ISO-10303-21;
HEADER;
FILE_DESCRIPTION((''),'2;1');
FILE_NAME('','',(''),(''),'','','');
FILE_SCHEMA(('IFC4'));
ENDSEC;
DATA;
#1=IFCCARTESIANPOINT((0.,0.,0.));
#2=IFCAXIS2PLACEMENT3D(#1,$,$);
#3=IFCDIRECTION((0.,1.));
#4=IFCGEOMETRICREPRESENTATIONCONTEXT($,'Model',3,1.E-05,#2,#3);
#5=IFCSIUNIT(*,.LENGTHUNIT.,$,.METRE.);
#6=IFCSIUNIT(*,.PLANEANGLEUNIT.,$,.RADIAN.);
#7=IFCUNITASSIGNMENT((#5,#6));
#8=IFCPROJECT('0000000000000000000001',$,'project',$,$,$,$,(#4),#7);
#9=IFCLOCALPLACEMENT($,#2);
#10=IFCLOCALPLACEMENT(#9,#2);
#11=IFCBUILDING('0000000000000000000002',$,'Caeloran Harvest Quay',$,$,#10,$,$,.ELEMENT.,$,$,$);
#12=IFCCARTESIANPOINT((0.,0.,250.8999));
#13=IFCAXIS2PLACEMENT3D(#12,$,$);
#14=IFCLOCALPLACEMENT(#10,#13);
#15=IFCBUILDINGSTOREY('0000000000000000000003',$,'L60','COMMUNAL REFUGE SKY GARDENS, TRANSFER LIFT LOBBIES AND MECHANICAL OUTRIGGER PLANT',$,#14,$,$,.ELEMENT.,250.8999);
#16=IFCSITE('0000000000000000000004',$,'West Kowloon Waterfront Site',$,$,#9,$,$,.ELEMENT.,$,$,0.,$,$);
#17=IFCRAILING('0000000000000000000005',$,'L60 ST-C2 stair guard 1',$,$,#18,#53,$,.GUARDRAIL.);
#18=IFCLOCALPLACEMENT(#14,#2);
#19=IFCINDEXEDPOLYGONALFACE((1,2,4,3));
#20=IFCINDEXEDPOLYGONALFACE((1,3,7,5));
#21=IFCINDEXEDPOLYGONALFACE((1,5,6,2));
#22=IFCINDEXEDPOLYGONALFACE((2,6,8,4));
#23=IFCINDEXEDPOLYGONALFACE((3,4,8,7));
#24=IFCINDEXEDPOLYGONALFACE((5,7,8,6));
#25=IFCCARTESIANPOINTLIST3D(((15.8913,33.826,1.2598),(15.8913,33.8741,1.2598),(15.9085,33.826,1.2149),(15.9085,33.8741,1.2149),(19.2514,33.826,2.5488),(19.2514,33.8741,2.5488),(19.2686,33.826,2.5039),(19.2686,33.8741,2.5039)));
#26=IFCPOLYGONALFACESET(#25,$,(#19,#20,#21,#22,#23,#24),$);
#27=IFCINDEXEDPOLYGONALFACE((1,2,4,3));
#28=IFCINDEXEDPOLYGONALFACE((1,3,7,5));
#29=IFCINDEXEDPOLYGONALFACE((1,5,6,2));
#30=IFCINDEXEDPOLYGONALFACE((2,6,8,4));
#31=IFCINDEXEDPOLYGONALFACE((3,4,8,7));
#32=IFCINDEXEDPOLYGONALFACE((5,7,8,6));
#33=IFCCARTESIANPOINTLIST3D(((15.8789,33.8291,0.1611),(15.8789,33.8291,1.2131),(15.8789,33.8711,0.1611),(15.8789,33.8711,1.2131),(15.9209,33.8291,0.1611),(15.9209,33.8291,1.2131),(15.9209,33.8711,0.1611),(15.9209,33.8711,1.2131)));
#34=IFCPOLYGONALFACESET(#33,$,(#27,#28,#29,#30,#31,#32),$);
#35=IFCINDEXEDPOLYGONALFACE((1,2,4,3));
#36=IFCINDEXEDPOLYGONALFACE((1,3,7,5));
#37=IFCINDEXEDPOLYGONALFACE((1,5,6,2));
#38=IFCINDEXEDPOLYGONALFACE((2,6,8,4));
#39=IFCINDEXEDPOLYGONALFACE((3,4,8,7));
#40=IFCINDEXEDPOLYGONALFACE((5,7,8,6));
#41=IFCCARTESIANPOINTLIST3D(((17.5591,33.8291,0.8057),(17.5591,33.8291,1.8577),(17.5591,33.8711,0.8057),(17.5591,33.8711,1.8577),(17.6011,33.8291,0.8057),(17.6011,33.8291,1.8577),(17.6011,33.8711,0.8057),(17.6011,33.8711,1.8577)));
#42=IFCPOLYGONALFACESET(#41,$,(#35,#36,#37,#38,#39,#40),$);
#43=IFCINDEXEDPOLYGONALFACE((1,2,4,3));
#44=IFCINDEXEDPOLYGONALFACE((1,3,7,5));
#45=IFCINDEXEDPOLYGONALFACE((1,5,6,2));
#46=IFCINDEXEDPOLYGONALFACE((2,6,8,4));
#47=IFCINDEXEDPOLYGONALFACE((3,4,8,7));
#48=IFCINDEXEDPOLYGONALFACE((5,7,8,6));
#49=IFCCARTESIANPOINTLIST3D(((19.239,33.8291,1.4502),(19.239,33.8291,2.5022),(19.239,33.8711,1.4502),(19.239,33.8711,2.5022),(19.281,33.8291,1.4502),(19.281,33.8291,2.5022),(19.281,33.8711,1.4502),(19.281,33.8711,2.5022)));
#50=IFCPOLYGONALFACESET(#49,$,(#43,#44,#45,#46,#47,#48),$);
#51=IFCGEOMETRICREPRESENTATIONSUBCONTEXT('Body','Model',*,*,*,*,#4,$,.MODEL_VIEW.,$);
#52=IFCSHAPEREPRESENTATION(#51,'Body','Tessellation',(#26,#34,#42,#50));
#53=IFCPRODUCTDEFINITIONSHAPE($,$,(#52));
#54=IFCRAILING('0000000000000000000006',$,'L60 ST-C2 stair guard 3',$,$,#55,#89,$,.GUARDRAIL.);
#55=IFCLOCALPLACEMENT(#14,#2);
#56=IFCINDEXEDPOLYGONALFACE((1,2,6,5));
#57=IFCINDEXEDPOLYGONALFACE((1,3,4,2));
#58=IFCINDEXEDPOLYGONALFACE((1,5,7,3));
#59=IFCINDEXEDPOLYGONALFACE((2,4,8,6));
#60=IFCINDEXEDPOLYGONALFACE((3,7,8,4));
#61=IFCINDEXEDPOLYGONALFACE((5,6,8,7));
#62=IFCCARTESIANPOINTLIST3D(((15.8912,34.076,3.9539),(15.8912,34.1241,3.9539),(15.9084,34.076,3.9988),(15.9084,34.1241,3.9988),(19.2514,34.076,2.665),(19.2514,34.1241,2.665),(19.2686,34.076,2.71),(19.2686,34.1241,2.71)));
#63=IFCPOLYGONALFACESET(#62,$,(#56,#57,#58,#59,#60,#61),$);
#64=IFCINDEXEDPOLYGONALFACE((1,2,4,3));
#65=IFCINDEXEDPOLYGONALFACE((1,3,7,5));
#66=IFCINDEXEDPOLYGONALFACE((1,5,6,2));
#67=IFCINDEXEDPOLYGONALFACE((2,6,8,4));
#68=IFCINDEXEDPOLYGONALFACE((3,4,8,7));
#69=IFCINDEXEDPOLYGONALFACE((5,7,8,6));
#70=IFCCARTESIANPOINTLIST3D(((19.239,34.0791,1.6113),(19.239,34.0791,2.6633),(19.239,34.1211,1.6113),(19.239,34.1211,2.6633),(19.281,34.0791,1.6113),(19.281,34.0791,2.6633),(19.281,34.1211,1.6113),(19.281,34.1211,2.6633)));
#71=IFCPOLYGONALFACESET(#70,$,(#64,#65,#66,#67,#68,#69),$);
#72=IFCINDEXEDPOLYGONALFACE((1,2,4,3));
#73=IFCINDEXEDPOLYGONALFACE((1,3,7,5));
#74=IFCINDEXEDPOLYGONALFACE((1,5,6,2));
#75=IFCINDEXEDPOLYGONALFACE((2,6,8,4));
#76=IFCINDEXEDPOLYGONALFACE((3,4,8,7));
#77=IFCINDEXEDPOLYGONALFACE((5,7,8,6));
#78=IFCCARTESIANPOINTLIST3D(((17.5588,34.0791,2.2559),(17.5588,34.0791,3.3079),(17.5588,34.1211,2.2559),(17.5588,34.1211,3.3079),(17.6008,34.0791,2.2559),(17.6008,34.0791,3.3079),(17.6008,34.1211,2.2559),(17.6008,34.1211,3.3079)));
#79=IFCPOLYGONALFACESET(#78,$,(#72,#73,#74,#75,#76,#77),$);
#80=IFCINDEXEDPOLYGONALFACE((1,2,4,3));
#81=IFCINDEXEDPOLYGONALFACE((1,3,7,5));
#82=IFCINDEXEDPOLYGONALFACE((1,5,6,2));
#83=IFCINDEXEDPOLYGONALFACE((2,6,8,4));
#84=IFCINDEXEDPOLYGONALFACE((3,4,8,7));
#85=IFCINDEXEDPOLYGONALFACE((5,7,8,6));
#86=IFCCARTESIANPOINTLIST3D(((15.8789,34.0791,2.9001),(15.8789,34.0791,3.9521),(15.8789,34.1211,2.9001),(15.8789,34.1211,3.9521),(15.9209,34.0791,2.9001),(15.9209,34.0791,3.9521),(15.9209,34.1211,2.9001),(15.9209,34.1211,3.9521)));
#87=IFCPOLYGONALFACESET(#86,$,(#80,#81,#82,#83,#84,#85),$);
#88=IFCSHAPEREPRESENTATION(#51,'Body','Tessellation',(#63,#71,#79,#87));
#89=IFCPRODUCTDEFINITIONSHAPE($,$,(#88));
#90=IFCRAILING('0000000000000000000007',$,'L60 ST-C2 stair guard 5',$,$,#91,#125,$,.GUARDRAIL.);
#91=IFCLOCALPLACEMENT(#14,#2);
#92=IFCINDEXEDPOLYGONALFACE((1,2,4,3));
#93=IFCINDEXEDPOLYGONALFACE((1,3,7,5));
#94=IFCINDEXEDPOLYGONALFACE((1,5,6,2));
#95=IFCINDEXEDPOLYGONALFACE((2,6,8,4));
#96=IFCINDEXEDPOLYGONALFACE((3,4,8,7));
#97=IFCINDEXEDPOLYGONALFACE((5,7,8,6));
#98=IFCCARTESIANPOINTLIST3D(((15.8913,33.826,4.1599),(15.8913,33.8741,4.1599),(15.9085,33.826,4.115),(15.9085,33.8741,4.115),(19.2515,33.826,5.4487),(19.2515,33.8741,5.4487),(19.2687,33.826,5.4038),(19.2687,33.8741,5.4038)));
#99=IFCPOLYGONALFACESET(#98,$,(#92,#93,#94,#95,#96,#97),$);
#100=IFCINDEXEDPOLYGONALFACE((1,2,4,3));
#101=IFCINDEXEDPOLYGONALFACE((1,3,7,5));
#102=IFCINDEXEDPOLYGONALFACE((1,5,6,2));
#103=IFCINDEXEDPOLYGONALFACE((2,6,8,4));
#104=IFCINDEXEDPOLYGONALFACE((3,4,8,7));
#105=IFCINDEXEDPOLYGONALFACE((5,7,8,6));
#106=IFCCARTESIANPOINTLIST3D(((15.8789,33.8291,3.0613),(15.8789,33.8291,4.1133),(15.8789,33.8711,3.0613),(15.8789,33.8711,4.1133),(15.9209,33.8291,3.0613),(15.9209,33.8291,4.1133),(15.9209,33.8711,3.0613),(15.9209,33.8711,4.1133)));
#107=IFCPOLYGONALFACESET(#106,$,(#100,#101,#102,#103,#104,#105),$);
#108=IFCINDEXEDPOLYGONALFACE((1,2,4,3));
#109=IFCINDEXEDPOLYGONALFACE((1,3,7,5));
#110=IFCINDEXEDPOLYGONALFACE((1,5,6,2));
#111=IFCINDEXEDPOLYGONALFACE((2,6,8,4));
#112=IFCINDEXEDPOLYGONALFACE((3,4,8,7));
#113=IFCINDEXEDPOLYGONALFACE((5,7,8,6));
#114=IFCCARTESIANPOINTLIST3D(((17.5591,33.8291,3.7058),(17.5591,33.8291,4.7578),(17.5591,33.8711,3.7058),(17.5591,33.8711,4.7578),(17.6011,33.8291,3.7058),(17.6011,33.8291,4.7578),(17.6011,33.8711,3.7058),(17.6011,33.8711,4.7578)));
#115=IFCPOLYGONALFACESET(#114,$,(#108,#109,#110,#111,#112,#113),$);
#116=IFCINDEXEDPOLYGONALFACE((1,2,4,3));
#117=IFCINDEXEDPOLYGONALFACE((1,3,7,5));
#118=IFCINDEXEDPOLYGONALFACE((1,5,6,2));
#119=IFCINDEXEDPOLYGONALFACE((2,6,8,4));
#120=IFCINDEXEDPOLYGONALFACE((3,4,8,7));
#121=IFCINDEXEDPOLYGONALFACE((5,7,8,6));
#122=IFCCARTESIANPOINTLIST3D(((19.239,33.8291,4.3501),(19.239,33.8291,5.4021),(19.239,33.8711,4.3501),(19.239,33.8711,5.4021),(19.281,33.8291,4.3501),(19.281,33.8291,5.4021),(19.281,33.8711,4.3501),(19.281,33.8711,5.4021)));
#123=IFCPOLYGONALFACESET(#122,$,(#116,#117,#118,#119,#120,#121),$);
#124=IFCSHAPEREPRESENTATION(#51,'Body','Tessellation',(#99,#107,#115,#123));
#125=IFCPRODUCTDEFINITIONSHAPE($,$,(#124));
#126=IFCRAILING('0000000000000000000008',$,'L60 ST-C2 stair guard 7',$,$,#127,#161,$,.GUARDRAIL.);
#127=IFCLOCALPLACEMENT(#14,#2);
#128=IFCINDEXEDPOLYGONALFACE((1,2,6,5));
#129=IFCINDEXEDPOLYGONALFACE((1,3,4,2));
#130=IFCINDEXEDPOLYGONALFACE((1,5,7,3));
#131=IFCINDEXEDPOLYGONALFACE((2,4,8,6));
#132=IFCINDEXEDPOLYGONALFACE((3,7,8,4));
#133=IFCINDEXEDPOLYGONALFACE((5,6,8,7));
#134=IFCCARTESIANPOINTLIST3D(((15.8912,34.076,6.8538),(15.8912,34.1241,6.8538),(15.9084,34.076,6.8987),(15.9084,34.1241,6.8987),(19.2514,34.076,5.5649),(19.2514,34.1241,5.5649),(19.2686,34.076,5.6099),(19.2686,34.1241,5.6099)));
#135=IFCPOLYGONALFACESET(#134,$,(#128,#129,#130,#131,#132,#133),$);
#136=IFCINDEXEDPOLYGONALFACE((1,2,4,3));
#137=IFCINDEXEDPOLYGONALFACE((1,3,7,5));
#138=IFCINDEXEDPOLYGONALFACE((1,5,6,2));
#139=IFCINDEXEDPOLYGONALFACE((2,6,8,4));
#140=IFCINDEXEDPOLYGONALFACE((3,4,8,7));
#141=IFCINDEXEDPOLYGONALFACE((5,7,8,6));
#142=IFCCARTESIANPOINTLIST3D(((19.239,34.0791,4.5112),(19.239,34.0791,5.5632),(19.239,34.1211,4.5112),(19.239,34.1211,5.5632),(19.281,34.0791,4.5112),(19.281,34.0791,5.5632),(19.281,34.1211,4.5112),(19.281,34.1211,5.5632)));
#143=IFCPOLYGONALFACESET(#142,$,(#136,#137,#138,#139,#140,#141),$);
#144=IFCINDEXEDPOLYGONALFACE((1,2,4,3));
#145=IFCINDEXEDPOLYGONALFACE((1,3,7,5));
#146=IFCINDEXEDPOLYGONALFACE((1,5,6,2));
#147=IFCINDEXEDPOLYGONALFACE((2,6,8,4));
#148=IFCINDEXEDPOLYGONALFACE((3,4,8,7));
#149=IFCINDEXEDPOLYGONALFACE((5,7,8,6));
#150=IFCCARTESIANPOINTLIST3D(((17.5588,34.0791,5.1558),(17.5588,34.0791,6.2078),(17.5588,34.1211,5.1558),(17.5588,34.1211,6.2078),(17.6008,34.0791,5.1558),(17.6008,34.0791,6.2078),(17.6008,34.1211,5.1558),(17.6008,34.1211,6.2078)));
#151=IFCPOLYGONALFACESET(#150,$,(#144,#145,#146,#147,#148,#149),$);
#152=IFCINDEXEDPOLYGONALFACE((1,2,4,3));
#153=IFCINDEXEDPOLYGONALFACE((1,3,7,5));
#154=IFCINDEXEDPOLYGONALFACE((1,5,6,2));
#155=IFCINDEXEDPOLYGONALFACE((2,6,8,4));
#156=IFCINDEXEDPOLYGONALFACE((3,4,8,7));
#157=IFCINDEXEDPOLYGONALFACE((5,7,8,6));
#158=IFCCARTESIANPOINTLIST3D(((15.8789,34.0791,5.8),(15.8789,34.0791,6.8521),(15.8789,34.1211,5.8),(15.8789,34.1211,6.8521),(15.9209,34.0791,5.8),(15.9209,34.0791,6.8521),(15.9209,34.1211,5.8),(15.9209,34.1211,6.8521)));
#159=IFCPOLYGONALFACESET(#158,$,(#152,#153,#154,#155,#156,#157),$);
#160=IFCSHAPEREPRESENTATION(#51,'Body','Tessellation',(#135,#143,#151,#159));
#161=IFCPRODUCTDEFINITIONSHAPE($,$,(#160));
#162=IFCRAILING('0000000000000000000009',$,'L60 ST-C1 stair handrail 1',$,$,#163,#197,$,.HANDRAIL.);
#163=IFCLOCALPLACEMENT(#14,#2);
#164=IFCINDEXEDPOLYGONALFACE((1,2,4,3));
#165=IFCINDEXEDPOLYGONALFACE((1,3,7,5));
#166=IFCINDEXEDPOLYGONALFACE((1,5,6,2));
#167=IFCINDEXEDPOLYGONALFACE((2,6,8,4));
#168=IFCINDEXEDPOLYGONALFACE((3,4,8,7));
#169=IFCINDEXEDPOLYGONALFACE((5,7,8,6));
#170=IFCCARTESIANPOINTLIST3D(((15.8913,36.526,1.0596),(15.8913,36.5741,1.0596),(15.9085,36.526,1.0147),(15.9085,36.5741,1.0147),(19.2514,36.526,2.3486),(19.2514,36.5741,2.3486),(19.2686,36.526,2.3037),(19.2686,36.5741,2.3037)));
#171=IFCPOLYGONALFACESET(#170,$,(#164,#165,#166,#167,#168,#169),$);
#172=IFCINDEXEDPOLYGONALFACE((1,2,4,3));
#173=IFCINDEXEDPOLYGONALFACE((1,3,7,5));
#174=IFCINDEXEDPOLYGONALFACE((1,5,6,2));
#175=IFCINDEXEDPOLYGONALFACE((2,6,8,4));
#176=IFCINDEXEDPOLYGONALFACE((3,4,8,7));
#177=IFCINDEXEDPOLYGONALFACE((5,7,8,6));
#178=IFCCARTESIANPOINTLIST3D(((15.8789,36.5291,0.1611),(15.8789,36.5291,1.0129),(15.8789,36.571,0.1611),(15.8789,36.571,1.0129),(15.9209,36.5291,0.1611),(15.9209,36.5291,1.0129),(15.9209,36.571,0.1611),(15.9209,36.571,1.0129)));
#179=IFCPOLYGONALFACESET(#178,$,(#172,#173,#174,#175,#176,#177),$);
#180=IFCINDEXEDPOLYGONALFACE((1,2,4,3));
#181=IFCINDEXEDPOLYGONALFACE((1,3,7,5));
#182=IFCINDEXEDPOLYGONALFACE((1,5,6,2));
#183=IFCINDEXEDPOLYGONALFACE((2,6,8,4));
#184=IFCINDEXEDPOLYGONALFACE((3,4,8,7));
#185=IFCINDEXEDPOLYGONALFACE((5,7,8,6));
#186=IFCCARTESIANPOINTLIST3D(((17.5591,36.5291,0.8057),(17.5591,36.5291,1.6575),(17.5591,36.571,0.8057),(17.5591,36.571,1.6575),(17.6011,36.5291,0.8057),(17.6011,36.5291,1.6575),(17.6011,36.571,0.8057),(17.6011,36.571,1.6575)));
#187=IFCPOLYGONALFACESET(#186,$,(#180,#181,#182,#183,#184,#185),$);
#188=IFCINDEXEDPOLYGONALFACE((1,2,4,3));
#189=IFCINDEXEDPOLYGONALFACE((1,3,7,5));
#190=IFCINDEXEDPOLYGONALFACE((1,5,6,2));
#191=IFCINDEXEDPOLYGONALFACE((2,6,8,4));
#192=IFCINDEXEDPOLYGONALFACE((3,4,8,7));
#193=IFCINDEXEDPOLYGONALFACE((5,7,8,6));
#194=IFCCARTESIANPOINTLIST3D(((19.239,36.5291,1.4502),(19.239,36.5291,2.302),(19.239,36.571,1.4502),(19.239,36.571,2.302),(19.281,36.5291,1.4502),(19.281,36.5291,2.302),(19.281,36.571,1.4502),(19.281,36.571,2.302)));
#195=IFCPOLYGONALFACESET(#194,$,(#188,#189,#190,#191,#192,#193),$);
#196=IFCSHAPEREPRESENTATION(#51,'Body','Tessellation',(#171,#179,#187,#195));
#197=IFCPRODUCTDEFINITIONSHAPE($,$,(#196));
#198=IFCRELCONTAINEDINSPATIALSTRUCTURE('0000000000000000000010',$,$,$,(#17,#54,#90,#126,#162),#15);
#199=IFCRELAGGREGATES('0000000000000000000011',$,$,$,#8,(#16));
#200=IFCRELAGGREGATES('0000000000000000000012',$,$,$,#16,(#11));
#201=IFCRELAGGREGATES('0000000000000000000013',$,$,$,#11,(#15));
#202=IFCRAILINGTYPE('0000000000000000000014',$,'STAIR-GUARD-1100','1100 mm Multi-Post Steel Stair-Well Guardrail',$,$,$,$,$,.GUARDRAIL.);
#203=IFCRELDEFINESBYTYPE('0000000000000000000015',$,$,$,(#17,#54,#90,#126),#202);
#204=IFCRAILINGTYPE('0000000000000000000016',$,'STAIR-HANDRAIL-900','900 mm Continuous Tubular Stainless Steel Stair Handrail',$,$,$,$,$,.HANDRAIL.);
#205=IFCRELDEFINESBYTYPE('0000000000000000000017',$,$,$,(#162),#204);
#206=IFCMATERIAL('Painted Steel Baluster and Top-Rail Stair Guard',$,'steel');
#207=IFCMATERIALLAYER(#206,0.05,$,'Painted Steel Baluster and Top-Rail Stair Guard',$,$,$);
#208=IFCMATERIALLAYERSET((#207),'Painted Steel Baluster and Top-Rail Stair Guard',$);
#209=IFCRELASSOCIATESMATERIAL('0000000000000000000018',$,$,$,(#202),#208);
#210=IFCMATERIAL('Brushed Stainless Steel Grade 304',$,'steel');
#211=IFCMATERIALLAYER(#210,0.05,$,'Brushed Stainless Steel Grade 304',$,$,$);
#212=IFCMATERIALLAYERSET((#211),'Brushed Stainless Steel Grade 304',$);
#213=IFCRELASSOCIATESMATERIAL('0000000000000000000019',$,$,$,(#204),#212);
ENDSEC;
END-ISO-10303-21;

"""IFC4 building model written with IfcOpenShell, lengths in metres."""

from ifc_helpers import new_model, si_unit, direction, frame, origin, origin_2d, place, context, subcontext, project, spatial, rectangle, extrude, material, layer, layer_set, type_object, element, save


model = new_model("IFC4")

# Units and contexts
model_context = context("Model", 3, precision=1e-05, world=origin(), true_north=direction((0.0, 1.0)))
body_context = subcontext(model_context, "Body", "Model", "MODEL_VIEW")
ifc_project = project(units=[si_unit("LENGTHUNIT", "METRE"), si_unit("PLANEANGLEUNIT", "RADIAN")], contexts=[model_context])

# Site, building, storey
site_placement = place(None, origin())
site = spatial("IfcSite", under=ifc_project, at=site_placement, Name="West Kowloon Waterfront Site", CompositionType="ELEMENT", RefElevation=0.0)
building_placement = place(site_placement, origin())
building = spatial("IfcBuilding", under=site, at=building_placement, Name="Caeloran Harvest Quay", CompositionType="ELEMENT")
storey_placement = place(building_placement, frame((0.0, 0.0, 250.8999)))
storey = spatial("IfcBuildingStorey", under=building, at=storey_placement, Name="L60", Description="COMMUNAL REFUGE SKY GARDENS, TRANSFER LIFT LOBBIES AND MECHANICAL OUTRIGGER PLANT", CompositionType="ELEMENT", Elevation=250.8999)

# Railings
ifc_material_1 = material(Name="Painted Steel Baluster and Top-Rail Stair Guard", Category="steel")
ifc_layer_1 = layer(ifc_material_1, 0.05, Name="Painted Steel Baluster and Top-Rail Stair Guard")
ifc_layer_set_1 = layer_set([ifc_layer_1], Name="Painted Steel Baluster and Top-Rail Stair Guard")
railing_type_1 = type_object("IfcRailingType", Name="STAIR-GUARD-1100", Description="1100 mm Multi-Post Steel Stair-Well Guardrail", PredefinedType="GUARDRAIL", material=ifc_layer_set_1)
railing_1_placement = place(storey_placement, frame((15.8999, 33.8501, 0.1611)))
element("IfcRailing", 1, at=railing_1_placement, inside=storey, type_object=railing_type_1, Name="L60 ST-C2 stair guard 1", PredefinedType="GUARDRAIL", context=body_context, shape_type="SweptSolid", body=[
    extrude(rectangle(XDim=0.0481, YDim=0.0481, at=origin_2d()), frame((0.0, 0.0, 1.0762), z_axis=(0.933651, 0.0, 0.358183), x_axis=(0.0, 1.0, 0.0)), (0.0, 0.0, 1.0), 3.5989),
    extrude(rectangle(XDim=0.042, YDim=0.042, at=origin_2d()), origin(), (0.0, 0.0, 1.0), 1.052),
    extrude(rectangle(XDim=0.042, YDim=0.042, at=origin_2d()), frame((1.6802, 0.0, 0.6445)), (0.0, 0.0, 1.0), 1.052),
    extrude(rectangle(XDim=0.042, YDim=0.042, at=origin_2d()), frame((3.3601, 0.0, 1.2891)), (0.0, 0.0, 1.0), 1.052),
])
railing_2_placement = place(storey_placement, frame((19.26, 34.1001, 1.6113)))
element("IfcRailing", 2, at=railing_2_placement, inside=storey, type_object=railing_type_1, Name="L60 ST-C2 stair guard 3", PredefinedType="GUARDRAIL", context=body_context, shape_type="SweptSolid", body=[
    extrude(rectangle(XDim=0.0481, YDim=0.0481, at=origin_2d()), frame((0.0, 0.0, 1.0762), z_axis=(-0.933674, 0.0, 0.358124), x_axis=(0.0, -1.0, 0.0)), (0.0, 0.0, 1.0), 3.5989),
    extrude(rectangle(XDim=0.042, YDim=0.042, at=origin_2d()), origin(), (0.0, 0.0, 1.0), 1.052),
    extrude(rectangle(XDim=0.042, YDim=0.042, at=origin_2d()), frame((-1.6802, 0.0, 0.6445)), (0.0, 0.0, 1.0), 1.052),
    extrude(rectangle(XDim=0.042, YDim=0.042, at=origin_2d()), frame((-3.3601, 0.0, 1.2888)), (0.0, 0.0, 1.0), 1.052),
])
railing_3_placement = place(storey_placement, frame((15.8999, 33.8501, 3.0613)))
element("IfcRailing", 3, at=railing_3_placement, inside=storey, type_object=railing_type_1, Name="L60 ST-C2 stair guard 5", PredefinedType="GUARDRAIL", context=body_context, shape_type="SweptSolid", body=[
    extrude(rectangle(XDim=0.0481, YDim=0.0481, at=origin_2d()), frame((0.0, 0.0, 1.0762), z_axis=(0.933674, 0.0, 0.358124), x_axis=(0.0, 1.0, 0.0)), (0.0, 0.0, 1.0), 3.5989),
    extrude(rectangle(XDim=0.042, YDim=0.042, at=origin_2d()), origin(), (0.0, 0.0, 1.0), 1.052),
    extrude(rectangle(XDim=0.042, YDim=0.042, at=origin_2d()), frame((1.6802, 0.0, 0.6445)), (0.0, 0.0, 1.0), 1.052),
    extrude(rectangle(XDim=0.042, YDim=0.042, at=origin_2d()), frame((3.3601, 0.0, 1.2888)), (0.0, 0.0, 1.0), 1.052),
])
railing_4_placement = place(storey_placement, frame((19.26, 34.1001, 4.5112)))
element("IfcRailing", 4, at=railing_4_placement, inside=storey, type_object=railing_type_1, Name="L60 ST-C2 stair guard 7", PredefinedType="GUARDRAIL", context=body_context, shape_type="SweptSolid", body=[
    extrude(rectangle(XDim=0.0481, YDim=0.0481, at=origin_2d()), frame((0.0, 0.0, 1.0762), z_axis=(-0.933674, 0.0, 0.358124), x_axis=(0.0, -1.0, 0.0)), (0.0, 0.0, 1.0), 3.5989),
    extrude(rectangle(XDim=0.042, YDim=0.042, at=origin_2d()), origin(), (0.0, 0.0, 1.0), 1.052),
    extrude(rectangle(XDim=0.042, YDim=0.042, at=origin_2d()), frame((-1.6802, 0.0, 0.6445)), (0.0, 0.0, 1.0), 1.052),
    extrude(rectangle(XDim=0.042, YDim=0.042, at=origin_2d()), frame((-3.3601, 0.0, 1.2888)), (0.0, 0.0, 1.0), 1.052),
])
ifc_material_2 = material(Name="Brushed Stainless Steel Grade 304", Category="steel")
ifc_layer_2 = layer(ifc_material_2, 0.05, Name="Brushed Stainless Steel Grade 304")
ifc_layer_set_2 = layer_set([ifc_layer_2], Name="Brushed Stainless Steel Grade 304")
railing_type_2 = type_object("IfcRailingType", Name="STAIR-HANDRAIL-900", Description="900 mm Continuous Tubular Stainless Steel Stair Handrail", PredefinedType="HANDRAIL", material=ifc_layer_set_2)
railing_5_placement = place(storey_placement, frame((15.8999, 36.55, 0.1611)))
element("IfcRailing", 5, at=railing_5_placement, inside=storey, type_object=railing_type_2, Name="L60 ST-C1 stair handrail 1", PredefinedType="HANDRAIL", context=body_context, shape_type="SweptSolid", body=[
    extrude(rectangle(XDim=0.0481, YDim=0.0481, at=origin_2d()), frame((0.0, 0.0, 0.876), z_axis=(0.933651, 0.0, 0.358183), x_axis=(0.0, 1.0, 0.0)), (0.0, 0.0, 1.0), 3.5989),
    extrude(rectangle(XDim=0.042, YDim=0.042, at=origin_2d()), origin(), (0.0, 0.0, 1.0), 0.8518),
    extrude(rectangle(XDim=0.042, YDim=0.042, at=origin_2d()), frame((1.6802, 0.0, 0.6445)), (0.0, 0.0, 1.0), 0.8518),
    extrude(rectangle(XDim=0.042, YDim=0.042, at=origin_2d()), frame((3.3601, 0.0, 1.2891)), (0.0, 0.0, 1.0), 0.8518),
])

save(model, "model.ifc")
